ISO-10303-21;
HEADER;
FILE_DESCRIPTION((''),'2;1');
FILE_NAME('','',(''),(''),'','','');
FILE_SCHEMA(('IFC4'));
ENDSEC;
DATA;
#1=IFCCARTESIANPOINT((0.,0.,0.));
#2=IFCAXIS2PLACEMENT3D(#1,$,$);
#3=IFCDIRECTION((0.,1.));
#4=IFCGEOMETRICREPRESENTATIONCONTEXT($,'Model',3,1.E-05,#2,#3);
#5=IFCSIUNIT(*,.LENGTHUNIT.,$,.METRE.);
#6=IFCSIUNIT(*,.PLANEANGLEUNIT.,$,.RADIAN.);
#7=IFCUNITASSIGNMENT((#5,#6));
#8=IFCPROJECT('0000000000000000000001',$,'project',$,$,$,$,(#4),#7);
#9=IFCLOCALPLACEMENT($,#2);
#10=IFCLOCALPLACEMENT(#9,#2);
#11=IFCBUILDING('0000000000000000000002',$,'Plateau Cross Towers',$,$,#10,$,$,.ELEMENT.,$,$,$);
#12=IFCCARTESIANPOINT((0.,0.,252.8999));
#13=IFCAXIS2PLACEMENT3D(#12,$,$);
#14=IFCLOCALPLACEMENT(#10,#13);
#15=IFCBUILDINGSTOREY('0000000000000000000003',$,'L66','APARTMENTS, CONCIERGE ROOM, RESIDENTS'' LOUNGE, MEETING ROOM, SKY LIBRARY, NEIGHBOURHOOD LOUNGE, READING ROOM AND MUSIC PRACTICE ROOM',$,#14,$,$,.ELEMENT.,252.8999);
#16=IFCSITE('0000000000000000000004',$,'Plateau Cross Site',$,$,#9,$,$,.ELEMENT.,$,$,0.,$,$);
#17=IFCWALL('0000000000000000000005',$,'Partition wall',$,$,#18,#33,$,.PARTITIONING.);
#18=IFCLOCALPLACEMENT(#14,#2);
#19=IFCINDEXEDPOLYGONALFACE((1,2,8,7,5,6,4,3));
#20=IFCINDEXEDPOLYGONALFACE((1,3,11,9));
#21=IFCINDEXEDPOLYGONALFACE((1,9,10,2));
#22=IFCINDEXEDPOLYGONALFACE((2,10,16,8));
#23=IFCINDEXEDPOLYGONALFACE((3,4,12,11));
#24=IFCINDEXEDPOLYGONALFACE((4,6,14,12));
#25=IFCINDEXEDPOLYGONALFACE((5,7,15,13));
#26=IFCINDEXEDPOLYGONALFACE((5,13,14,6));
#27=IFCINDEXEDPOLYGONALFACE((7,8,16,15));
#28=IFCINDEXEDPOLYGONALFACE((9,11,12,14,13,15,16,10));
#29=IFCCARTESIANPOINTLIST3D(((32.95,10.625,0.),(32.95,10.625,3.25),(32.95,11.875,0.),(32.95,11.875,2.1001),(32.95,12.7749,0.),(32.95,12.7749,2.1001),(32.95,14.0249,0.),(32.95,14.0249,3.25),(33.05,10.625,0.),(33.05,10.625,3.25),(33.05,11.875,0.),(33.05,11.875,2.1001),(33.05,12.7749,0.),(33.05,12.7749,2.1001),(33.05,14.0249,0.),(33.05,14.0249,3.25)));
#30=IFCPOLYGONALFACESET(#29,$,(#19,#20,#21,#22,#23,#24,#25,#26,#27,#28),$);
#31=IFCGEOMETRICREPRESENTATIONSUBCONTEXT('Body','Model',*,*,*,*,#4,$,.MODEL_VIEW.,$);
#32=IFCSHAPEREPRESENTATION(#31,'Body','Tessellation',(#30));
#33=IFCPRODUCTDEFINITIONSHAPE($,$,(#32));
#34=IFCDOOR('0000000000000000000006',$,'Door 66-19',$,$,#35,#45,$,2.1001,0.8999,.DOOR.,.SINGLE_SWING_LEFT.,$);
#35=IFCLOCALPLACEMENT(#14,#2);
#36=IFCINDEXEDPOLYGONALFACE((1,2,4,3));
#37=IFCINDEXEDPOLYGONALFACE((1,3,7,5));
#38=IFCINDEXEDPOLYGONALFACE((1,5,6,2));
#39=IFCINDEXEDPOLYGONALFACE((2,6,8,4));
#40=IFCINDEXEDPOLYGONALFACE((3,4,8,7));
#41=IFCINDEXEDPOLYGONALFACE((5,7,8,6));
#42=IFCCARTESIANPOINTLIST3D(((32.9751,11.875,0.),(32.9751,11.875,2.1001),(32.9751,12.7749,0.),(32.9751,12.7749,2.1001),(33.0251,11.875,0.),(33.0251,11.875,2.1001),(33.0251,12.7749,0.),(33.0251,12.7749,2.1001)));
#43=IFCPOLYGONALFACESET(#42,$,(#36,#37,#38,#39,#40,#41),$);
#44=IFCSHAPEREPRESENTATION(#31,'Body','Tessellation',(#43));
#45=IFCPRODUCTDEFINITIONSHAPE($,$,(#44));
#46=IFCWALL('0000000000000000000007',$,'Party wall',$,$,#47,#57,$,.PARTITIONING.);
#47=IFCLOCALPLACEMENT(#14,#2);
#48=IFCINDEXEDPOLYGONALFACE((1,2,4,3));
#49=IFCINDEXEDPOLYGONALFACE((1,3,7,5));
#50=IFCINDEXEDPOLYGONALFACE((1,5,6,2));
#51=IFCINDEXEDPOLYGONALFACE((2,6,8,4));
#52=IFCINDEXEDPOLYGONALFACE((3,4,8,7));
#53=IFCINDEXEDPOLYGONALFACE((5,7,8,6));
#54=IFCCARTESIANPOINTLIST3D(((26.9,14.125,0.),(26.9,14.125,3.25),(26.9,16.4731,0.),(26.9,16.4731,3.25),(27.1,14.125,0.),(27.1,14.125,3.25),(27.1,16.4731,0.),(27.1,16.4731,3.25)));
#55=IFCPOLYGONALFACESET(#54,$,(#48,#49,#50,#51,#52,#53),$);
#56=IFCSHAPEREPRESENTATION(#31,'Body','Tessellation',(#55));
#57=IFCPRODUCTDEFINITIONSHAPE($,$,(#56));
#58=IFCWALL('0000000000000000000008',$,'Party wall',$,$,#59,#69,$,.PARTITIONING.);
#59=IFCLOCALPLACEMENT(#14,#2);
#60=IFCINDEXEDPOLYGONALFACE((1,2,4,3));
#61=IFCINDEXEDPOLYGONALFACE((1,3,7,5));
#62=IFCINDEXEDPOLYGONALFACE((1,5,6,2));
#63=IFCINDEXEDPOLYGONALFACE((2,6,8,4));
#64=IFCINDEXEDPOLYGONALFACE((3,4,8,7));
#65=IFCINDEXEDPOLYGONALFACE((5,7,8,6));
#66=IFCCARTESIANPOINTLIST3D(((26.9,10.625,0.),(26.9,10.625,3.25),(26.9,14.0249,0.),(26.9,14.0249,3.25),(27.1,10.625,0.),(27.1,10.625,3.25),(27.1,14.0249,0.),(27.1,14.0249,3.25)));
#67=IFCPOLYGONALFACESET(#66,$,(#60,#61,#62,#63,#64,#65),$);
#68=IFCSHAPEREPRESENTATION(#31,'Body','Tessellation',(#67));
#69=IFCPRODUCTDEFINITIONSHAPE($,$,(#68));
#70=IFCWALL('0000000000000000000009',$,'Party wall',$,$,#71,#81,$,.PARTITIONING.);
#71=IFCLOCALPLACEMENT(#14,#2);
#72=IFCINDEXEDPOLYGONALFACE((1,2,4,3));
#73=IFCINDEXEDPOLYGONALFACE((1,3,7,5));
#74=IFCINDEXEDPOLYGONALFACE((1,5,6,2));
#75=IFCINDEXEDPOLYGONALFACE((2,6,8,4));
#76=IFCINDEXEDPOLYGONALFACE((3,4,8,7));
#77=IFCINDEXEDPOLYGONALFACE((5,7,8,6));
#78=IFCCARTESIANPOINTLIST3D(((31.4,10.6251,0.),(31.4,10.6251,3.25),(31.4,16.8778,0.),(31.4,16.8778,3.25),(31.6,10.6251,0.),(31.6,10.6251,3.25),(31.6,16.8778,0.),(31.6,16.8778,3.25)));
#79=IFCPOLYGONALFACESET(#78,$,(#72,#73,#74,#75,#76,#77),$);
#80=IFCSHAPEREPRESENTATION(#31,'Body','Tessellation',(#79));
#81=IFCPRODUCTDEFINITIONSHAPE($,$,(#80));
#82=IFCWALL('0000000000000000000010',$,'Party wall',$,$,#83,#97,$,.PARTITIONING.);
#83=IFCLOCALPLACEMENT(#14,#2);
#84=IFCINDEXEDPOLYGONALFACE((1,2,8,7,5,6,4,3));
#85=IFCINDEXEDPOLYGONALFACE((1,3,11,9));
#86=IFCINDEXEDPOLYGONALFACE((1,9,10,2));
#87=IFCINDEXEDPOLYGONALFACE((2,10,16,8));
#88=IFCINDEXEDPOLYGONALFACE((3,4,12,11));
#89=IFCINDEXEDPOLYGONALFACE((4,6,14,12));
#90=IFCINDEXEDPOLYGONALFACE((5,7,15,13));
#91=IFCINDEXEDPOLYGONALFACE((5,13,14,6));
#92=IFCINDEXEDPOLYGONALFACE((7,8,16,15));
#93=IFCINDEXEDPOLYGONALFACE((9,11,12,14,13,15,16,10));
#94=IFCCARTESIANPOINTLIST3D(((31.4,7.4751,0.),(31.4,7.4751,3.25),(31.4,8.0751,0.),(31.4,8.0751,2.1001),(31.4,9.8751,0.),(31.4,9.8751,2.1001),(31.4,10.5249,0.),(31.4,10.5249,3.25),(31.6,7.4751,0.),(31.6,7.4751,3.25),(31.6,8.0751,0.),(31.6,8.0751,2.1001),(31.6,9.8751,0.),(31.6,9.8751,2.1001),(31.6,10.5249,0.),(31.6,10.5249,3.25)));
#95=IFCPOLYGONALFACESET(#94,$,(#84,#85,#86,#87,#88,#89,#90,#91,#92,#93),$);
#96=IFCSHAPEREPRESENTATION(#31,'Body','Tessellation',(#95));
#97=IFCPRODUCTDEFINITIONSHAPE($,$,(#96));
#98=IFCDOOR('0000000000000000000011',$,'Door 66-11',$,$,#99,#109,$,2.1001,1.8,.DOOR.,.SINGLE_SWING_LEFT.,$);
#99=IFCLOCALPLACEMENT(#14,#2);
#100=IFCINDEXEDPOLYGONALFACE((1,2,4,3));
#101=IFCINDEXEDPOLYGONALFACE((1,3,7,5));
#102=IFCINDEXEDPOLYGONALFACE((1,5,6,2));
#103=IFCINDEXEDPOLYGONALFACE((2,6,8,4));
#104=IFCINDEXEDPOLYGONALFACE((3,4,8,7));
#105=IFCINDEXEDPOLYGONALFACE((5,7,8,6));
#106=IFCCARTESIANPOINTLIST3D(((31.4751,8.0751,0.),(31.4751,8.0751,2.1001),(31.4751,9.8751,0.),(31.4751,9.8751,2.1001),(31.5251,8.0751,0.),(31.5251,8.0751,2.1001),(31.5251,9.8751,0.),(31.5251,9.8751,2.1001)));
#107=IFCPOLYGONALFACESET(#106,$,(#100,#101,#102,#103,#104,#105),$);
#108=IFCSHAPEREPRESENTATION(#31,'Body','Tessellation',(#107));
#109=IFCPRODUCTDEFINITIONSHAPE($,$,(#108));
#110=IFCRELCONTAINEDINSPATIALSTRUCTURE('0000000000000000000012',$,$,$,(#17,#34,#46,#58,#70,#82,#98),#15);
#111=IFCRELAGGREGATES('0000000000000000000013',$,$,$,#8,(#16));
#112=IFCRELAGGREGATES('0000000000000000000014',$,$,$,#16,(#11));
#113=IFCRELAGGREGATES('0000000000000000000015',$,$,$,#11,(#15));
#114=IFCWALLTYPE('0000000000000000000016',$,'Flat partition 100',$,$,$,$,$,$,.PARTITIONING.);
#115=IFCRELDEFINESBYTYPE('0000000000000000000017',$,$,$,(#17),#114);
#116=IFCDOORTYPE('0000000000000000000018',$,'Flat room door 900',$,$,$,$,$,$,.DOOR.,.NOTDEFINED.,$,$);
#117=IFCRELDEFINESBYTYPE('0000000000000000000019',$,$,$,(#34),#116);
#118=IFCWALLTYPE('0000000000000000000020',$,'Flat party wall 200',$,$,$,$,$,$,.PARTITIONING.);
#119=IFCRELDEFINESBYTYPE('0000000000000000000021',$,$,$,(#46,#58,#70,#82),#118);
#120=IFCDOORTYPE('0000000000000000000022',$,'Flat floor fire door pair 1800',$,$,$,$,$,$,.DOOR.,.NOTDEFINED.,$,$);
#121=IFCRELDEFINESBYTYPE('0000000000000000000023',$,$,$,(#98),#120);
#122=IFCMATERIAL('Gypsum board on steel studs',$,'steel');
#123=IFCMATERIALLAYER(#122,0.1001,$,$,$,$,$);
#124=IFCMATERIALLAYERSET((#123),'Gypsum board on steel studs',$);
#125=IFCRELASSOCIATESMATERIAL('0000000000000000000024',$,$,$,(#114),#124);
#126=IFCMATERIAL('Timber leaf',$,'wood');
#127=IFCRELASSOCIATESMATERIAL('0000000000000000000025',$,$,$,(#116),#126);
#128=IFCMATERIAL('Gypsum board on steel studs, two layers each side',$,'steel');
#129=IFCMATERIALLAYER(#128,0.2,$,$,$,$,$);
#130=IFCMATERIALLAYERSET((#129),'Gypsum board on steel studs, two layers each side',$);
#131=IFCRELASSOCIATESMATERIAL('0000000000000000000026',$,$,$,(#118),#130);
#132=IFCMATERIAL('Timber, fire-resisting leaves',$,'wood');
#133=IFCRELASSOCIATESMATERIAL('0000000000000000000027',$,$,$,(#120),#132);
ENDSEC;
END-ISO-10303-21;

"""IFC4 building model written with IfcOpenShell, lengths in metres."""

from ifc_helpers import new_model, si_unit, direction, frame, frame_2d, origin, place, context, subcontext, project, spatial, rectangle, extrude, material, layer, layer_set, type_object, element, fill, save


model = new_model("IFC4")

# Units and contexts
model_context = context("Model", 3, precision=1e-05, world=origin(), true_north=direction((0.0, 1.0)))
body_context = subcontext(model_context, "Body", "Model", "MODEL_VIEW")
ifc_project = project(units=[si_unit("LENGTHUNIT", "METRE"), si_unit("PLANEANGLEUNIT", "RADIAN")], contexts=[model_context])

# Site, building, storey
site_placement = place(None, origin())
site = spatial("IfcSite", under=ifc_project, at=site_placement, Name="Plateau Cross Site", CompositionType="ELEMENT", RefElevation=0.0)
building_placement = place(site_placement, origin())
building = spatial("IfcBuilding", under=site, at=building_placement, Name="Plateau Cross Towers", CompositionType="ELEMENT")
storey_placement = place(building_placement, frame((0.0, 0.0, 252.8999)))
storey = spatial("IfcBuildingStorey", under=building, at=storey_placement, Name="L66", Description="APARTMENTS, CONCIERGE ROOM, RESIDENTS' LOUNGE, MEETING ROOM, SKY LIBRARY, NEIGHBOURHOOD LOUNGE, READING ROOM AND MUSIC PRACTICE ROOM", CompositionType="ELEMENT", Elevation=252.8999)

# Shared definitions
ifc_material_1 = material(Name="Gypsum board on steel studs", Category="steel")
ifc_layer_1 = layer(ifc_material_1, 0.1001)
ifc_layer_set_1 = layer_set([ifc_layer_1], Name="Gypsum board on steel studs")
wall_type_1 = type_object("IfcWallType", Name="Flat partition 100", PredefinedType="PARTITIONING", material=ifc_layer_set_1)

# Wall, opening, door
ifc_material_2 = material(Name="Timber leaf", Category="wood")
door_type_1 = type_object("IfcDoorType", Name="Flat room door 900", OperationType="NOTDEFINED", PredefinedType="DOOR", material=ifc_material_2)
wall_1_placement = place(storey_placement, frame((33.0, 10.625, 0.0), z_axis=(0.0, 0.0, 1.0), x_axis=(0.0, 1.0, 0.0)))
wall_1 = element("IfcWall", 1, at=wall_1_placement, inside=storey, type_object=wall_type_1, Name="Partition wall", PredefinedType="PARTITIONING", context=body_context, shape_type="SweptSolid", body=[
    extrude(rectangle(XDim=3.3999, YDim=0.1001, at=frame_2d((1.7, 0.0))), origin(), (0.0, 0.0, 1.0), 3.25),
])
opening_1_placement = place(wall_1_placement, frame((1.25, 0.0, 0.0)))
opening_1 = element("IfcOpeningElement", 2, at=opening_1_placement, cuts=wall_1, PredefinedType="OPENING", context=body_context, shape_type="SweptSolid", body=[
    extrude(rectangle(XDim=0.8999, YDim=2.1001, at=frame_2d((0.45, 1.05))), frame((0.0, 0.0601, 0.0), z_axis=(0.0, -1.0, 0.0), x_axis=(1.0, 0.0, 0.0)), (0.0, 0.0, 1.0), 0.1201),
])
door_1_placement = place(opening_1_placement, origin())
door_1 = element("IfcDoor", 3, at=door_1_placement, inside=storey, type_object=door_type_1, Name="Door 66-19", OperationType="SINGLE_SWING_LEFT", OverallHeight=2.1001, OverallWidth=0.8999, PredefinedType="DOOR", context=body_context, shape_type="SweptSolid", body=[
    extrude(rectangle(XDim=0.8999, YDim=2.1001, at=frame_2d((0.45, 1.05))), frame((0.0, 0.0249, 0.0), z_axis=(0.0, -1.0, 0.0), x_axis=(1.0, 0.0, 0.0)), (0.0, 0.0, 1.0), 0.05),
])
fill(opening_1, door_1)

# Walls
ifc_material_3 = material(Name="Gypsum board on steel studs, two layers each side", Category="steel")
ifc_layer_2 = layer(ifc_material_3, 0.2)
ifc_layer_set_2 = layer_set([ifc_layer_2], Name="Gypsum board on steel studs, two layers each side")
wall_type_2 = type_object("IfcWallType", Name="Flat party wall 200", PredefinedType="PARTITIONING", material=ifc_layer_set_2)
wall_2_placement = place(storey_placement, frame((27.0, 16.4731, 0.0), z_axis=(0.0, 0.0, 1.0), x_axis=(0.0, -1.0, 0.0)))
element("IfcWall", 4, at=wall_2_placement, inside=storey, type_object=wall_type_2, Name="Party wall", PredefinedType="PARTITIONING", context=body_context, shape_type="SweptSolid", body=[
    extrude(rectangle(XDim=2.3481, YDim=0.2, at=frame_2d((1.1741, 0.0))), origin(), (0.0, 0.0, 1.0), 3.25),
])
wall_3_placement = place(storey_placement, frame((27.0, 10.625, 0.0), z_axis=(0.0, 0.0, 1.0), x_axis=(0.0, 1.0, 0.0)))
element("IfcWall", 5, at=wall_3_placement, inside=storey, type_object=wall_type_2, Name="Party wall", PredefinedType="PARTITIONING", context=body_context, shape_type="SweptSolid", body=[
    extrude(rectangle(XDim=3.3999, YDim=0.2, at=frame_2d((1.7, 0.0))), origin(), (0.0, 0.0, 1.0), 3.25),
])
wall_4_placement = place(storey_placement, frame((31.5, 10.625, 0.0), z_axis=(0.0, 0.0, 1.0), x_axis=(0.0, 1.0, 0.0)))
element("IfcWall", 6, at=wall_4_placement, inside=storey, type_object=wall_type_2, Name="Party wall", PredefinedType="PARTITIONING", context=body_context, shape_type="SweptSolid", body=[
    extrude(rectangle(XDim=6.2527, YDim=0.2, at=frame_2d((3.1265, 0.0))), origin(), (0.0, 0.0, 1.0), 3.25),
])

# Wall, opening, door
wall_5_placement = place(storey_placement, frame((31.5, 7.4751, 0.0), z_axis=(0.0, 0.0, 1.0), x_axis=(0.0, 1.0, 0.0)))
wall_5 = element("IfcWall", 7, at=wall_5_placement, inside=storey, type_object=wall_type_2, Name="Party wall", PredefinedType="PARTITIONING", context=body_context, shape_type="SweptSolid", body=[
    extrude(rectangle(XDim=3.0498, YDim=0.2, at=frame_2d((1.5249, 0.0))), origin(), (0.0, 0.0, 1.0), 3.25),
])
opening_2_placement = place(wall_5_placement, frame((0.6001, 0.0, 0.0)))
opening_2 = element("IfcOpeningElement", 8, at=opening_2_placement, cuts=wall_5, PredefinedType="OPENING", context=body_context, shape_type="SweptSolid", body=[
    extrude(rectangle(XDim=1.8, YDim=2.1001, at=frame_2d((0.8999, 1.05))), frame((0.0, 0.1099, 0.0), z_axis=(0.0, -1.0, 0.0), x_axis=(1.0, 0.0, 0.0)), (0.0, 0.0, 1.0), 0.22),
])
ifc_material_4 = material(Name="Timber, fire-resisting leaves", Category="wood")
door_type_2 = type_object("IfcDoorType", Name="Flat floor fire door pair 1800", OperationType="NOTDEFINED", PredefinedType="DOOR", material=ifc_material_4)
door_2_placement = place(opening_2_placement, origin())
door_2 = element("IfcDoor", 9, at=door_2_placement, inside=storey, type_object=door_type_2, Name="Door 66-11", OperationType="SINGLE_SWING_LEFT", OverallHeight=2.1001, OverallWidth=1.8, PredefinedType="DOOR", context=body_context, shape_type="SweptSolid", body=[
    extrude(rectangle(XDim=1.8, YDim=2.1001, at=frame_2d((0.8999, 1.05))), frame((0.0, 0.0249, 0.0), z_axis=(0.0, -1.0, 0.0), x_axis=(1.0, 0.0, 0.0)), (0.0, 0.0, 1.0), 0.05),
])
fill(opening_2, door_2)

save(model, "model.ifc")
